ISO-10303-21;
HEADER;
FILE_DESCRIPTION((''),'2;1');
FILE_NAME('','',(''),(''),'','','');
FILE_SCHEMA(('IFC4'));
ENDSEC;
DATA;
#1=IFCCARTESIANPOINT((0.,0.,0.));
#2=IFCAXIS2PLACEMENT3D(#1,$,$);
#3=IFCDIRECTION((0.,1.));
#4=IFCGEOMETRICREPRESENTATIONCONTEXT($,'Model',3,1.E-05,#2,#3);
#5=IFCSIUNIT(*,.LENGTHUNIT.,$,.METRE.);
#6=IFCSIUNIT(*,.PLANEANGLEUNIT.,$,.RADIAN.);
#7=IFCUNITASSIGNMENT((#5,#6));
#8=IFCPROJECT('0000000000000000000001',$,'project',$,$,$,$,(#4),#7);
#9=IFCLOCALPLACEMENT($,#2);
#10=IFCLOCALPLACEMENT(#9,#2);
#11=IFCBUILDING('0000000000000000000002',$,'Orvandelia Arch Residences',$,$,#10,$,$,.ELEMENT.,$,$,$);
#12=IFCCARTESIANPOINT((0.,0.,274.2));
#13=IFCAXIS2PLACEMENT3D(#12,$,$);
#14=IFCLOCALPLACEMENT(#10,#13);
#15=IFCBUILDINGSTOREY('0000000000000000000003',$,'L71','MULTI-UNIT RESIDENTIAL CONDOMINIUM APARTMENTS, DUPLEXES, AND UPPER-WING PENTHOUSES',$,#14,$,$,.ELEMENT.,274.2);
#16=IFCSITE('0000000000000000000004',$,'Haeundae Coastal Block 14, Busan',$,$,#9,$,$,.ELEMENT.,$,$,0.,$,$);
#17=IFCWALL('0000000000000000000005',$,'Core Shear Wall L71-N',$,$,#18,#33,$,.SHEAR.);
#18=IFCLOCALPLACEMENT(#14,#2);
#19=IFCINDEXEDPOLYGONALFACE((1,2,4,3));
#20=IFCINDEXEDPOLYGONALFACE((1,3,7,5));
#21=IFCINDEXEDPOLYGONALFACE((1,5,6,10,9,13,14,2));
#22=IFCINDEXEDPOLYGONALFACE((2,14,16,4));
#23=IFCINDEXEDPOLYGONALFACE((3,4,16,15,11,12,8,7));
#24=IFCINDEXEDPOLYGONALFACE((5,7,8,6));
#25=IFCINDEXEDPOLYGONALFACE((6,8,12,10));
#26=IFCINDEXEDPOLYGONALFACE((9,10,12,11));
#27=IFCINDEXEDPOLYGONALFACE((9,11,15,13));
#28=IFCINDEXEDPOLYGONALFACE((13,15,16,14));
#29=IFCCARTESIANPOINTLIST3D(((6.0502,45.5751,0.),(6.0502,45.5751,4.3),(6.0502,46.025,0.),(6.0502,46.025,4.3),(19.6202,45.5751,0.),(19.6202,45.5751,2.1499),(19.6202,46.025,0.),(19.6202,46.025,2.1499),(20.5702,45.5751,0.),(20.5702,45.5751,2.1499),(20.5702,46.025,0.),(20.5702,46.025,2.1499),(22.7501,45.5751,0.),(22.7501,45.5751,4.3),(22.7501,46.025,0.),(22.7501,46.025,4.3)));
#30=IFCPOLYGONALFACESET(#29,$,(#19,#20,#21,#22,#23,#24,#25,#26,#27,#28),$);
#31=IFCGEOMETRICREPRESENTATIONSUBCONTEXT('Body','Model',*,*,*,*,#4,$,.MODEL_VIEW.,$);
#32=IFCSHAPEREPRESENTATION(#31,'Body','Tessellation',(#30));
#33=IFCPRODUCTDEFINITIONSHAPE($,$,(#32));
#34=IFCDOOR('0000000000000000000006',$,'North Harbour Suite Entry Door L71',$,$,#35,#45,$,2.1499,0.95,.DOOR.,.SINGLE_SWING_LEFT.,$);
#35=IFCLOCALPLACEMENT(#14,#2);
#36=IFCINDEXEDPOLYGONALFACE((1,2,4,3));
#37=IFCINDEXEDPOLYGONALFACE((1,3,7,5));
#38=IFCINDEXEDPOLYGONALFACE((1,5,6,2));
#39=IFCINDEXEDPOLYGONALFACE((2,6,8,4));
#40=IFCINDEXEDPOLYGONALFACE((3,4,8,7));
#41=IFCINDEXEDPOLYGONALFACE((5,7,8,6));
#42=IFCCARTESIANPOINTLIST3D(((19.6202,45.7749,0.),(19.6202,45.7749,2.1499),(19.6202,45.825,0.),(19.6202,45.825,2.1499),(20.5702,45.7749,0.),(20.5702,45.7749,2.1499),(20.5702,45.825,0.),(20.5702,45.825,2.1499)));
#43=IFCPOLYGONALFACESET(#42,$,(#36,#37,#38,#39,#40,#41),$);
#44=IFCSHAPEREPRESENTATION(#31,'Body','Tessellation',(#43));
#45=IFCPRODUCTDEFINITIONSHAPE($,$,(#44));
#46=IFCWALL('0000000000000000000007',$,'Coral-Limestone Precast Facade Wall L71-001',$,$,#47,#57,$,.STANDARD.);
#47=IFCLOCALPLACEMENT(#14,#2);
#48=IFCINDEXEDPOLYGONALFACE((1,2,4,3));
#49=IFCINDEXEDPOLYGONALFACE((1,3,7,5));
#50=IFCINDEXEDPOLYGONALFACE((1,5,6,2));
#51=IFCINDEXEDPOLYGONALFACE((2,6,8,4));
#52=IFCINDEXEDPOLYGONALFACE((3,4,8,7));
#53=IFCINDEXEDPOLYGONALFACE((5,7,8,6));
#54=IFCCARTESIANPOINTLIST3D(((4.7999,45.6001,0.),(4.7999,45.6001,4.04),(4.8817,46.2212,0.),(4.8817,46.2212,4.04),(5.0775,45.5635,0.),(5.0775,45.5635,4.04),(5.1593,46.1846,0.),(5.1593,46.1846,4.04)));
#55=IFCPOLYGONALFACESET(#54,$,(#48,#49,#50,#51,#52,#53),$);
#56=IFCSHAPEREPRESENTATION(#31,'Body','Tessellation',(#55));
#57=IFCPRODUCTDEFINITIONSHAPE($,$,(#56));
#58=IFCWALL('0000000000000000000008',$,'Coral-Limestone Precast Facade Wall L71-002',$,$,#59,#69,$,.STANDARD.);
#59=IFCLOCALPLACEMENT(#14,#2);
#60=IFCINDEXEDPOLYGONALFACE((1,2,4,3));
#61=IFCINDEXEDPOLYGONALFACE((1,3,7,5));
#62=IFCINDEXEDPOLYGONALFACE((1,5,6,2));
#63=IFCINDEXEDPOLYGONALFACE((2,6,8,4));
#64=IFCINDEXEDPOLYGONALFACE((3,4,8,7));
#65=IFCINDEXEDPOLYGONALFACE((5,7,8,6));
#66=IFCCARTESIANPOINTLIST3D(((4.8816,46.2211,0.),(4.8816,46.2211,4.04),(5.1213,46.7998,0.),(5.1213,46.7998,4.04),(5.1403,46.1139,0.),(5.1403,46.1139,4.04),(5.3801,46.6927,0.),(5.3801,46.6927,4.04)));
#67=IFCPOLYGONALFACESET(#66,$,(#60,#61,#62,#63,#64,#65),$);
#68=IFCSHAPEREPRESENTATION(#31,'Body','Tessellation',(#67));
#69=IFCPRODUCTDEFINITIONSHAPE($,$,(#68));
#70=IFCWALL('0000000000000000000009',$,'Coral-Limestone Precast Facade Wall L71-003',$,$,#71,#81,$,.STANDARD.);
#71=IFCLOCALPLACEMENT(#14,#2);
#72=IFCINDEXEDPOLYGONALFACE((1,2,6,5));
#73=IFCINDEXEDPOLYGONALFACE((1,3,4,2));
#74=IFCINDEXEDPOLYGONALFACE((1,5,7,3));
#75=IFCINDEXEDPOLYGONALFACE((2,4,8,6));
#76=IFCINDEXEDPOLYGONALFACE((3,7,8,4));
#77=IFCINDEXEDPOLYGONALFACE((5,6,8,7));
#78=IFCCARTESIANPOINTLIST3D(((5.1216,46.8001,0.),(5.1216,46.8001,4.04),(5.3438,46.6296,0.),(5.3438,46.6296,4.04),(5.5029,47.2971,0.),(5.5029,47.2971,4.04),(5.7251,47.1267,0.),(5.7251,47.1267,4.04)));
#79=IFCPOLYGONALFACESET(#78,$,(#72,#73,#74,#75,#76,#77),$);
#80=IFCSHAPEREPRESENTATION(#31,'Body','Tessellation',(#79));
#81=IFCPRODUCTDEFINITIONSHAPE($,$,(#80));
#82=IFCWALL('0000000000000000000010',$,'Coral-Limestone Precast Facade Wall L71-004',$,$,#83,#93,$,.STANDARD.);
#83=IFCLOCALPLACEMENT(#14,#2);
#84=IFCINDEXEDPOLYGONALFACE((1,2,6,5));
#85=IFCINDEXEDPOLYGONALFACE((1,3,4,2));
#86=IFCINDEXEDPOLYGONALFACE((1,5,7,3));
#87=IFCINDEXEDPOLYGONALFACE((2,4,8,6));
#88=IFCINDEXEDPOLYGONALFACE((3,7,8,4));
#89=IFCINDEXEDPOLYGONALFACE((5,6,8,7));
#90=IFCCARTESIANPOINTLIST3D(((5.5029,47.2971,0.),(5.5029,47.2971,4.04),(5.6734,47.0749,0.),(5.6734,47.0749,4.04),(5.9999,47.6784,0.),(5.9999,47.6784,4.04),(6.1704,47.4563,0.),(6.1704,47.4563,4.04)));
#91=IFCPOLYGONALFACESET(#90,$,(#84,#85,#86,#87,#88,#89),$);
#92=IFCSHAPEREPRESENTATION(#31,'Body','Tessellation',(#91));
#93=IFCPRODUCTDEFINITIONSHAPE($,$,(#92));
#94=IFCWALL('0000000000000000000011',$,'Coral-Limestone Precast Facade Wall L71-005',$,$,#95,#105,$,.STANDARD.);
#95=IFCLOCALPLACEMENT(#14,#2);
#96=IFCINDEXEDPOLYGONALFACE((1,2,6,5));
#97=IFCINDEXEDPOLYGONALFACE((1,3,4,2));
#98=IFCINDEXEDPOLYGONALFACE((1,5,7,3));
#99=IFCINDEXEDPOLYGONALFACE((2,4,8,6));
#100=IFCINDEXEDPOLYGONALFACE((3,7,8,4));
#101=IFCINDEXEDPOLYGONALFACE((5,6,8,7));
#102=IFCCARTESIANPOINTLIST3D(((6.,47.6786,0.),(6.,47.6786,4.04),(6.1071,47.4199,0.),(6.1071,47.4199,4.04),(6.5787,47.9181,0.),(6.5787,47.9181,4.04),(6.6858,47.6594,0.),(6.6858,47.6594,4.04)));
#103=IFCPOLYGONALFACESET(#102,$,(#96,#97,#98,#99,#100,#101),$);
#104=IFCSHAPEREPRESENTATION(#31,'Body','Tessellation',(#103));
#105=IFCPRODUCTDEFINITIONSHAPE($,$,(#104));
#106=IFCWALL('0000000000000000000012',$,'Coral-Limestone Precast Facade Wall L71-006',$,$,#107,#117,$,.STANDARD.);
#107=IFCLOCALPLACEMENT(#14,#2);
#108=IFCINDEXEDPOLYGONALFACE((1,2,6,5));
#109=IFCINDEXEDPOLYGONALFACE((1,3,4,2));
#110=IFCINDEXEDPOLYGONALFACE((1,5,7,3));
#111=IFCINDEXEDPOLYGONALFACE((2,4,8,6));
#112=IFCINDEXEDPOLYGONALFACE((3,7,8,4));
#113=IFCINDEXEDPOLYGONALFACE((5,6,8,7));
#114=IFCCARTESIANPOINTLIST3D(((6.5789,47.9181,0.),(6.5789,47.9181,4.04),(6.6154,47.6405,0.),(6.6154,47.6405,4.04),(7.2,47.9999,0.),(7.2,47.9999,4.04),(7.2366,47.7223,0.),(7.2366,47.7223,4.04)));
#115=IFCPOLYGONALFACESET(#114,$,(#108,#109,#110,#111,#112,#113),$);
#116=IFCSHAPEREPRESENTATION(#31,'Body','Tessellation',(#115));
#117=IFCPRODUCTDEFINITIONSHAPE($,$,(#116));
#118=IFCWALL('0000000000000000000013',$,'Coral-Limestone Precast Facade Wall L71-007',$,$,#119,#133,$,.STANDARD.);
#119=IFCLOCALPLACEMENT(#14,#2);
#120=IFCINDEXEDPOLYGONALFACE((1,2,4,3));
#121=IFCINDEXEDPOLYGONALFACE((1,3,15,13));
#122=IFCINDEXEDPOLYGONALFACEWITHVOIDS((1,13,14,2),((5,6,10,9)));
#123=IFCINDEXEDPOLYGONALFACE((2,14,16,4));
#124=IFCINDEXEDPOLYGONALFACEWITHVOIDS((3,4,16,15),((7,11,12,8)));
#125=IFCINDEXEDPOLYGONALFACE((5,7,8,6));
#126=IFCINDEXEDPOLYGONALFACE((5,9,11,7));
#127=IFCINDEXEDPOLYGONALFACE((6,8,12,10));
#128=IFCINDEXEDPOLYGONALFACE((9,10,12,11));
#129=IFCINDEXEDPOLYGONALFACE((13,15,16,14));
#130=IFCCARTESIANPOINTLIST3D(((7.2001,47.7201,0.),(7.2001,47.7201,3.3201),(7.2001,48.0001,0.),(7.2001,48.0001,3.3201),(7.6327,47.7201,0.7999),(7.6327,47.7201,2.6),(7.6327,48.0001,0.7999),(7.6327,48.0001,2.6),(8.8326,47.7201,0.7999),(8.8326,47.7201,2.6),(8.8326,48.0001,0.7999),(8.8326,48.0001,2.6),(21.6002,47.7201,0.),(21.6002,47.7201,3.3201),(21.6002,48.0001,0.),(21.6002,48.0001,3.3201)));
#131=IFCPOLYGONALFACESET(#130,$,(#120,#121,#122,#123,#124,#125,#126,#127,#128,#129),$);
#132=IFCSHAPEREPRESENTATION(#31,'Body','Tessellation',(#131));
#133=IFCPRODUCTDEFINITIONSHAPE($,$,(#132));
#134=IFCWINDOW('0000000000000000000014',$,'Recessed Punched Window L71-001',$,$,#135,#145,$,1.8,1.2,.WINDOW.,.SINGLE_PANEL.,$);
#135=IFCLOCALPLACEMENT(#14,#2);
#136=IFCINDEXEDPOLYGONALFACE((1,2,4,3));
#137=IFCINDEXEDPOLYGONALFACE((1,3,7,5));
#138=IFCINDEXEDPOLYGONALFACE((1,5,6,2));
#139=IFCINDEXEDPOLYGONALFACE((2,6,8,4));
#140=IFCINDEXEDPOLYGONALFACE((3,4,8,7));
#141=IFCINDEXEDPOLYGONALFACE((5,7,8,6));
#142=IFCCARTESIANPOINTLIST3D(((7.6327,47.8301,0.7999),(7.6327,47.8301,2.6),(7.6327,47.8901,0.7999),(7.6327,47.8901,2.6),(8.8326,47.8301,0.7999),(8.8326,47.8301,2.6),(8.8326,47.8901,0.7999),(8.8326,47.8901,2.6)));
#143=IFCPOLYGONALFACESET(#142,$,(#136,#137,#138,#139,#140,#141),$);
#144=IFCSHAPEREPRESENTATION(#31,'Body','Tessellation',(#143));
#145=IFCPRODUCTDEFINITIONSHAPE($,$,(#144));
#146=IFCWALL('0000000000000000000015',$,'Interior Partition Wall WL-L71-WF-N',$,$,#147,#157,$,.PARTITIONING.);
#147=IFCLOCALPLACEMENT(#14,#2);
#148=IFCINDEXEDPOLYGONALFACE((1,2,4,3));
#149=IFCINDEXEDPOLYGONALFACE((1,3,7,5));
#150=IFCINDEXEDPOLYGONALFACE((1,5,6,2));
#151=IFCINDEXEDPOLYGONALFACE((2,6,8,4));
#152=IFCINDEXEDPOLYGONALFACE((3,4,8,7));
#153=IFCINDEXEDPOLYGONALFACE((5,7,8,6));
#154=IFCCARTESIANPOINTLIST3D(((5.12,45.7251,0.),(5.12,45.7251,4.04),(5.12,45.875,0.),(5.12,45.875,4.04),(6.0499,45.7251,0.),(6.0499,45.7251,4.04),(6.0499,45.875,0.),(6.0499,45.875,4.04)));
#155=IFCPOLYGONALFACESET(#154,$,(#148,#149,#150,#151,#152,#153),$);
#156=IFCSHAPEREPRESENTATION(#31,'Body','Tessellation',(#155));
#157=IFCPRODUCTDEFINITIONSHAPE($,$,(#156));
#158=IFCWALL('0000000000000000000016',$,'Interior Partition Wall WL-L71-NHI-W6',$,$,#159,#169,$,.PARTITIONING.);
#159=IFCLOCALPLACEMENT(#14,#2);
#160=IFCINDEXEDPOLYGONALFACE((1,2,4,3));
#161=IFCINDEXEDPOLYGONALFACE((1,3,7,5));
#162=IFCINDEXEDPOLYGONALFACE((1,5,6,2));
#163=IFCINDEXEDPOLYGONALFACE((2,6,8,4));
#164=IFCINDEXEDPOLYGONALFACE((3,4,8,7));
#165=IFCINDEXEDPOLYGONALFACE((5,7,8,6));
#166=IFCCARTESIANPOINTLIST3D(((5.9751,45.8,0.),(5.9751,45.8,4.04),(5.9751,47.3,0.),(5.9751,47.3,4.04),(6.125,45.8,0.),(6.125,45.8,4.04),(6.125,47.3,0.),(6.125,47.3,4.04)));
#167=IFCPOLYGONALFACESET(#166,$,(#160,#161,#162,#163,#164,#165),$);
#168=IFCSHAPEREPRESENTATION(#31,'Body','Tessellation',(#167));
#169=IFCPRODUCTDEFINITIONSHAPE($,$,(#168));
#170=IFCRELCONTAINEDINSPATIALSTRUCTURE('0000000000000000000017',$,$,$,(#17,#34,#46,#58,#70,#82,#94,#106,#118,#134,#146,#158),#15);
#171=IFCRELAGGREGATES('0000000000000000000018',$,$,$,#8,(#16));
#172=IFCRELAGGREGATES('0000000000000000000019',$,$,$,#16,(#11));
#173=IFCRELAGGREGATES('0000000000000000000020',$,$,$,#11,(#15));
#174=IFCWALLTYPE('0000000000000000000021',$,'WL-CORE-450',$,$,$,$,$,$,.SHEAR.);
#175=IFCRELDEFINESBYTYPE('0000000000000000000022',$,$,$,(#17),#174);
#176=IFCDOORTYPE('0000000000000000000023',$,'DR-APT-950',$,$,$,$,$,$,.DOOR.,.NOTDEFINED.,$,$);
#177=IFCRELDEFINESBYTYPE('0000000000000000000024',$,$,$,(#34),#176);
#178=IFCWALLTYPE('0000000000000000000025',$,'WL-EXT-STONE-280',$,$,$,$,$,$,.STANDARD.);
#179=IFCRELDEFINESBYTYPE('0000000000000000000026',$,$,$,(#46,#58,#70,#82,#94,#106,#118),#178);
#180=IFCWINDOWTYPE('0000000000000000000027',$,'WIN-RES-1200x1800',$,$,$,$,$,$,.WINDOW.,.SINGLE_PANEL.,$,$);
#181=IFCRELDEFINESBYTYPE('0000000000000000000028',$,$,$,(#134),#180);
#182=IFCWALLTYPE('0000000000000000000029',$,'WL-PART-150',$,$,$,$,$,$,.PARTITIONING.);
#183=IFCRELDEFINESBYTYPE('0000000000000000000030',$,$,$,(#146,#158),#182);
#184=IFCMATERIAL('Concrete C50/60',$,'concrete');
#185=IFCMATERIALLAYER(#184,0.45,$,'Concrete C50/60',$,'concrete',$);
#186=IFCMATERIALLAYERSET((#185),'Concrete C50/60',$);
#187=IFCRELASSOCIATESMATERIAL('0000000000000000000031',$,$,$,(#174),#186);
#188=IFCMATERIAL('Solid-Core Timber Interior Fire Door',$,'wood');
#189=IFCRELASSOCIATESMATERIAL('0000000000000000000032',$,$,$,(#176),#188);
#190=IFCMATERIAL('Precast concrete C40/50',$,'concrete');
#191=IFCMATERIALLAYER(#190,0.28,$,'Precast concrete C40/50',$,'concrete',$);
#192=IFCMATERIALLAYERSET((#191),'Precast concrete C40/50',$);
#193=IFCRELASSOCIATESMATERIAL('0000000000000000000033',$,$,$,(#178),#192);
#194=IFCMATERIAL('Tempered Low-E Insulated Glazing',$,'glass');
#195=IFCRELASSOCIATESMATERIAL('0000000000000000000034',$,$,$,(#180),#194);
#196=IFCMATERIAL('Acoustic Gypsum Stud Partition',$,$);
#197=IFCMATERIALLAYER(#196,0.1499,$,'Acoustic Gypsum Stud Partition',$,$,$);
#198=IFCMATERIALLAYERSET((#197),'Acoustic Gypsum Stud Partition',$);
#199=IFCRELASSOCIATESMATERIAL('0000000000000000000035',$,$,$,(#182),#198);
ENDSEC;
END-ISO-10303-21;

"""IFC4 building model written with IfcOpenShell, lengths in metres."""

from ifc_helpers import new_model, si_unit, direction, frame, frame_2d, origin, place, context, subcontext, project, spatial, rectangle, extrude, material, layer, layer_set, type_object, element, fill, save


model = new_model("IFC4")

# Units and contexts
model_context = context("Model", 3, precision=1e-05, world=origin(), true_north=direction((0.0, 1.0)))
body_context = subcontext(model_context, "Body", "Model", "MODEL_VIEW")
ifc_project = project(units=[si_unit("LENGTHUNIT", "METRE"), si_unit("PLANEANGLEUNIT", "RADIAN")], contexts=[model_context])

# Site, building, storey
site_placement = place(None, origin())
site = spatial("IfcSite", under=ifc_project, at=site_placement, Name="Haeundae Coastal Block 14, Busan", CompositionType="ELEMENT", RefElevation=0.0)
building_placement = place(site_placement, origin())
building = spatial("IfcBuilding", under=site, at=building_placement, Name="Orvandelia Arch Residences", CompositionType="ELEMENT")
storey_placement = place(building_placement, frame((0.0, 0.0, 274.2)))
storey = spatial("IfcBuildingStorey", under=building, at=storey_placement, Name="L71", Description="MULTI-UNIT RESIDENTIAL CONDOMINIUM APARTMENTS, DUPLEXES, AND UPPER-WING PENTHOUSES", CompositionType="ELEMENT", Elevation=274.2)

# Shared definitions
ifc_material_1 = material(Name="Concrete C50/60", Category="concrete")

# Wall, opening, door
ifc_layer_1 = layer(ifc_material_1, 0.45, Name="Concrete C50/60", Category="concrete")
ifc_layer_set_1 = layer_set([ifc_layer_1], Name="Concrete C50/60")
wall_type_1 = type_object("IfcWallType", Name="WL-CORE-450", PredefinedType="SHEAR", material=ifc_layer_set_1)
wall_1_placement = place(storey_placement, frame((6.05, 45.8, 0.0), z_axis=(0.0, 0.0, 1.0), x_axis=(1.0, 0.0, 0.0)))
wall_1 = element("IfcWall", 1, at=wall_1_placement, inside=storey, type_object=wall_type_1, Name="Core Shear Wall L71-N", PredefinedType="SHEAR", context=body_context, shape_type="SweptSolid", body=[
    extrude(rectangle(XDim=16.7, YDim=0.45, at=frame_2d((8.3501, 0.0))), origin(), (0.0, 0.0, 1.0), 4.3),
])
opening_1_placement = place(wall_1_placement, frame((13.5701, 0.0, 0.0)))
opening_1 = element("IfcOpeningElement", 2, at=opening_1_placement, cuts=wall_1, PredefinedType="OPENING", context=body_context, shape_type="SweptSolid", body=[
    extrude(rectangle(XDim=0.95, YDim=2.1499, at=frame_2d((0.4751, 1.075))), frame((0.0, 0.2349, 0.0), z_axis=(0.0, -1.0, 0.0), x_axis=(1.0, 0.0, 0.0)), (0.0, 0.0, 1.0), 0.47),
])
ifc_material_2 = material(Name="Solid-Core Timber Interior Fire Door", Category="wood")
door_type_1 = type_object("IfcDoorType", Name="DR-APT-950", OperationType="NOTDEFINED", PredefinedType="DOOR", material=ifc_material_2)
door_1_placement = place(opening_1_placement, origin())
door_1 = element("IfcDoor", 3, at=door_1_placement, inside=storey, type_object=door_type_1, Name="North Harbour Suite Entry Door L71", OperationType="SINGLE_SWING_LEFT", OverallHeight=2.1499, OverallWidth=0.95, PredefinedType="DOOR", context=body_context, shape_type="SweptSolid", body=[
    extrude(rectangle(XDim=0.95, YDim=2.1499, at=frame_2d((0.4751, 1.075))), frame((0.0, 0.0249, 0.0), z_axis=(0.0, -1.0, 0.0), x_axis=(1.0, 0.0, 0.0)), (0.0, 0.0, 1.0), 0.05),
])
fill(opening_1, door_1)

# Walls
ifc_material_3 = material(Name="Precast concrete C40/50", Category="concrete")
ifc_layer_2 = layer(ifc_material_3, 0.28, Name="Precast concrete C40/50", Category="concrete")
ifc_layer_set_2 = layer_set([ifc_layer_2], Name="Precast concrete C40/50")
wall_type_2 = type_object("IfcWallType", Name="WL-EXT-STONE-280", PredefinedType="STANDARD", material=ifc_layer_set_2)
for number, where, z_axis, x_axis, name in (
    (4, (4.9387, 45.5818, 0.0), (0.0, 0.0, 1.0), (0.130555, 0.991441, 0.0), "Coral-Limestone Precast Facade Wall L71-001"),
    (5, (5.011, 46.1675, 0.0), (0.0, 0.0, 1.0), (0.38265, 0.923893, 0.0), "Coral-Limestone Precast Facade Wall L71-002"),
    (6, (5.2327, 46.7148, 0.0), (0.0, 0.0, 1.0), (0.608693, 0.793406, 0.0), "Coral-Limestone Precast Facade Wall L71-003"),
    (7, (5.5881, 47.186, 0.0), (0.0, 0.0, 1.0), (0.793406, 0.608693, 0.0), "Coral-Limestone Precast Facade Wall L71-004"),
):
    element("IfcWall", number, at=place(storey_placement, frame(where, z_axis=z_axis, x_axis=x_axis)), inside=storey, type_object=wall_type_2, Name=name, PredefinedType="STANDARD", context=body_context, shape_type="SweptSolid", body=[
        extrude(rectangle(XDim=0.6265, YDim=0.28, at=frame_2d((0.3132, 0.0))), origin(), (0.0, 0.0, 1.0), 4.04),
    ])
wall_2_placement = place(storey_placement, frame((6.0537, 47.5493, 0.0), z_axis=(0.0, 0.0, 1.0), x_axis=(0.923974, 0.382455, 0.0)))
element("IfcWall", 8, at=wall_2_placement, inside=storey, type_object=wall_type_2, Name="Coral-Limestone Precast Facade Wall L71-005", PredefinedType="STANDARD", context=body_context, shape_type="SweptSolid", body=[
    extrude(rectangle(XDim=0.6262, YDim=0.28, at=frame_2d((0.313, 0.0))), origin(), (0.0, 0.0, 1.0), 4.04),
])
wall_3_placement = place(storey_placement, frame((6.5972, 47.7793, 0.0), z_axis=(0.0, 0.0, 1.0), x_axis=(0.991441, 0.130555, 0.0)))
element("IfcWall", 9, at=wall_3_placement, inside=storey, type_object=wall_type_2, Name="Coral-Limestone Precast Facade Wall L71-006", PredefinedType="STANDARD", context=body_context, shape_type="SweptSolid", body=[
    extrude(rectangle(XDim=0.6265, YDim=0.28, at=frame_2d((0.3132, 0.0))), origin(), (0.0, 0.0, 1.0), 4.04),
])

# Wall, opening, window
wall_4_placement = place(storey_placement, frame((7.2, 47.8601, 0.0), z_axis=(0.0, 0.0, 1.0), x_axis=(1.0, 0.0, 0.0)))
wall_4 = element("IfcWall", 10, at=wall_4_placement, inside=storey, type_object=wall_type_2, Name="Coral-Limestone Precast Facade Wall L71-007", PredefinedType="STANDARD", context=body_context, shape_type="SweptSolid", body=[
    extrude(rectangle(XDim=14.4001, YDim=0.28, at=frame_2d((7.2002, 0.0))), origin(), (0.0, 0.0, 1.0), 3.3201),
])
opening_2_placement = place(wall_4_placement, frame((0.4326, 0.0, 0.8)))
opening_2 = element("IfcOpeningElement", 11, at=opening_2_placement, cuts=wall_4, PredefinedType="OPENING", context=body_context, shape_type="SweptSolid", body=[
    extrude(rectangle(XDim=1.2, YDim=1.8, at=frame_2d((0.6001, 0.8999))), frame((0.0, 0.1499, 0.0), z_axis=(0.0, -1.0, 0.0), x_axis=(1.0, 0.0, 0.0)), (0.0, 0.0, 1.0), 0.3),
])
ifc_material_4 = material(Name="Tempered Low-E Insulated Glazing", Category="glass")
window_type = type_object("IfcWindowType", Name="WIN-RES-1200x1800", PartitioningType="SINGLE_PANEL", PredefinedType="WINDOW", material=ifc_material_4)
window_placement = place(opening_2_placement, origin())
window = element("IfcWindow", 12, at=window_placement, inside=storey, type_object=window_type, Name="Recessed Punched Window L71-001", OverallHeight=1.8, OverallWidth=1.2, PartitioningType="SINGLE_PANEL", PredefinedType="WINDOW", context=body_context, shape_type="SweptSolid", body=[
    extrude(rectangle(XDim=1.2, YDim=1.8, at=frame_2d((0.6001, 0.8999))), frame((0.0, 0.03, 0.0), z_axis=(0.0, -1.0, 0.0), x_axis=(1.0, 0.0, 0.0)), (0.0, 0.0, 1.0), 0.0601),
])
fill(opening_2, window)

# Walls
ifc_material_5 = material(Name="Acoustic Gypsum Stud Partition")
ifc_layer_3 = layer(ifc_material_5, 0.1499, Name="Acoustic Gypsum Stud Partition")
ifc_layer_set_3 = layer_set([ifc_layer_3], Name="Acoustic Gypsum Stud Partition")
wall_type_3 = type_object("IfcWallType", Name="WL-PART-150", PredefinedType="PARTITIONING", material=ifc_layer_set_3)
wall_5_placement = place(storey_placement, frame((5.1201, 45.8, 0.0), z_axis=(0.0, 0.0, 1.0), x_axis=(1.0, 0.0, 0.0)))
element("IfcWall", 13, at=wall_5_placement, inside=storey, type_object=wall_type_3, Name="Interior Partition Wall WL-L71-WF-N", PredefinedType="PARTITIONING", context=body_context, shape_type="SweptSolid", body=[
    extrude(rectangle(XDim=0.9299, YDim=0.1499, at=frame_2d((0.4648, 0.0))), origin(), (0.0, 0.0, 1.0), 4.04),
])
wall_6_placement = place(storey_placement, frame((6.05, 45.8, 0.0), z_axis=(0.0, 0.0, 1.0), x_axis=(0.0, 1.0, 0.0)))
element("IfcWall", 14, at=wall_6_placement, inside=storey, type_object=wall_type_3, Name="Interior Partition Wall WL-L71-NHI-W6", PredefinedType="PARTITIONING", context=body_context, shape_type="SweptSolid", body=[
    extrude(rectangle(XDim=1.5, YDim=0.1499, at=frame_2d((0.75, 0.0))), origin(), (0.0, 0.0, 1.0), 4.04),
])

save(model, "model.ifc")
